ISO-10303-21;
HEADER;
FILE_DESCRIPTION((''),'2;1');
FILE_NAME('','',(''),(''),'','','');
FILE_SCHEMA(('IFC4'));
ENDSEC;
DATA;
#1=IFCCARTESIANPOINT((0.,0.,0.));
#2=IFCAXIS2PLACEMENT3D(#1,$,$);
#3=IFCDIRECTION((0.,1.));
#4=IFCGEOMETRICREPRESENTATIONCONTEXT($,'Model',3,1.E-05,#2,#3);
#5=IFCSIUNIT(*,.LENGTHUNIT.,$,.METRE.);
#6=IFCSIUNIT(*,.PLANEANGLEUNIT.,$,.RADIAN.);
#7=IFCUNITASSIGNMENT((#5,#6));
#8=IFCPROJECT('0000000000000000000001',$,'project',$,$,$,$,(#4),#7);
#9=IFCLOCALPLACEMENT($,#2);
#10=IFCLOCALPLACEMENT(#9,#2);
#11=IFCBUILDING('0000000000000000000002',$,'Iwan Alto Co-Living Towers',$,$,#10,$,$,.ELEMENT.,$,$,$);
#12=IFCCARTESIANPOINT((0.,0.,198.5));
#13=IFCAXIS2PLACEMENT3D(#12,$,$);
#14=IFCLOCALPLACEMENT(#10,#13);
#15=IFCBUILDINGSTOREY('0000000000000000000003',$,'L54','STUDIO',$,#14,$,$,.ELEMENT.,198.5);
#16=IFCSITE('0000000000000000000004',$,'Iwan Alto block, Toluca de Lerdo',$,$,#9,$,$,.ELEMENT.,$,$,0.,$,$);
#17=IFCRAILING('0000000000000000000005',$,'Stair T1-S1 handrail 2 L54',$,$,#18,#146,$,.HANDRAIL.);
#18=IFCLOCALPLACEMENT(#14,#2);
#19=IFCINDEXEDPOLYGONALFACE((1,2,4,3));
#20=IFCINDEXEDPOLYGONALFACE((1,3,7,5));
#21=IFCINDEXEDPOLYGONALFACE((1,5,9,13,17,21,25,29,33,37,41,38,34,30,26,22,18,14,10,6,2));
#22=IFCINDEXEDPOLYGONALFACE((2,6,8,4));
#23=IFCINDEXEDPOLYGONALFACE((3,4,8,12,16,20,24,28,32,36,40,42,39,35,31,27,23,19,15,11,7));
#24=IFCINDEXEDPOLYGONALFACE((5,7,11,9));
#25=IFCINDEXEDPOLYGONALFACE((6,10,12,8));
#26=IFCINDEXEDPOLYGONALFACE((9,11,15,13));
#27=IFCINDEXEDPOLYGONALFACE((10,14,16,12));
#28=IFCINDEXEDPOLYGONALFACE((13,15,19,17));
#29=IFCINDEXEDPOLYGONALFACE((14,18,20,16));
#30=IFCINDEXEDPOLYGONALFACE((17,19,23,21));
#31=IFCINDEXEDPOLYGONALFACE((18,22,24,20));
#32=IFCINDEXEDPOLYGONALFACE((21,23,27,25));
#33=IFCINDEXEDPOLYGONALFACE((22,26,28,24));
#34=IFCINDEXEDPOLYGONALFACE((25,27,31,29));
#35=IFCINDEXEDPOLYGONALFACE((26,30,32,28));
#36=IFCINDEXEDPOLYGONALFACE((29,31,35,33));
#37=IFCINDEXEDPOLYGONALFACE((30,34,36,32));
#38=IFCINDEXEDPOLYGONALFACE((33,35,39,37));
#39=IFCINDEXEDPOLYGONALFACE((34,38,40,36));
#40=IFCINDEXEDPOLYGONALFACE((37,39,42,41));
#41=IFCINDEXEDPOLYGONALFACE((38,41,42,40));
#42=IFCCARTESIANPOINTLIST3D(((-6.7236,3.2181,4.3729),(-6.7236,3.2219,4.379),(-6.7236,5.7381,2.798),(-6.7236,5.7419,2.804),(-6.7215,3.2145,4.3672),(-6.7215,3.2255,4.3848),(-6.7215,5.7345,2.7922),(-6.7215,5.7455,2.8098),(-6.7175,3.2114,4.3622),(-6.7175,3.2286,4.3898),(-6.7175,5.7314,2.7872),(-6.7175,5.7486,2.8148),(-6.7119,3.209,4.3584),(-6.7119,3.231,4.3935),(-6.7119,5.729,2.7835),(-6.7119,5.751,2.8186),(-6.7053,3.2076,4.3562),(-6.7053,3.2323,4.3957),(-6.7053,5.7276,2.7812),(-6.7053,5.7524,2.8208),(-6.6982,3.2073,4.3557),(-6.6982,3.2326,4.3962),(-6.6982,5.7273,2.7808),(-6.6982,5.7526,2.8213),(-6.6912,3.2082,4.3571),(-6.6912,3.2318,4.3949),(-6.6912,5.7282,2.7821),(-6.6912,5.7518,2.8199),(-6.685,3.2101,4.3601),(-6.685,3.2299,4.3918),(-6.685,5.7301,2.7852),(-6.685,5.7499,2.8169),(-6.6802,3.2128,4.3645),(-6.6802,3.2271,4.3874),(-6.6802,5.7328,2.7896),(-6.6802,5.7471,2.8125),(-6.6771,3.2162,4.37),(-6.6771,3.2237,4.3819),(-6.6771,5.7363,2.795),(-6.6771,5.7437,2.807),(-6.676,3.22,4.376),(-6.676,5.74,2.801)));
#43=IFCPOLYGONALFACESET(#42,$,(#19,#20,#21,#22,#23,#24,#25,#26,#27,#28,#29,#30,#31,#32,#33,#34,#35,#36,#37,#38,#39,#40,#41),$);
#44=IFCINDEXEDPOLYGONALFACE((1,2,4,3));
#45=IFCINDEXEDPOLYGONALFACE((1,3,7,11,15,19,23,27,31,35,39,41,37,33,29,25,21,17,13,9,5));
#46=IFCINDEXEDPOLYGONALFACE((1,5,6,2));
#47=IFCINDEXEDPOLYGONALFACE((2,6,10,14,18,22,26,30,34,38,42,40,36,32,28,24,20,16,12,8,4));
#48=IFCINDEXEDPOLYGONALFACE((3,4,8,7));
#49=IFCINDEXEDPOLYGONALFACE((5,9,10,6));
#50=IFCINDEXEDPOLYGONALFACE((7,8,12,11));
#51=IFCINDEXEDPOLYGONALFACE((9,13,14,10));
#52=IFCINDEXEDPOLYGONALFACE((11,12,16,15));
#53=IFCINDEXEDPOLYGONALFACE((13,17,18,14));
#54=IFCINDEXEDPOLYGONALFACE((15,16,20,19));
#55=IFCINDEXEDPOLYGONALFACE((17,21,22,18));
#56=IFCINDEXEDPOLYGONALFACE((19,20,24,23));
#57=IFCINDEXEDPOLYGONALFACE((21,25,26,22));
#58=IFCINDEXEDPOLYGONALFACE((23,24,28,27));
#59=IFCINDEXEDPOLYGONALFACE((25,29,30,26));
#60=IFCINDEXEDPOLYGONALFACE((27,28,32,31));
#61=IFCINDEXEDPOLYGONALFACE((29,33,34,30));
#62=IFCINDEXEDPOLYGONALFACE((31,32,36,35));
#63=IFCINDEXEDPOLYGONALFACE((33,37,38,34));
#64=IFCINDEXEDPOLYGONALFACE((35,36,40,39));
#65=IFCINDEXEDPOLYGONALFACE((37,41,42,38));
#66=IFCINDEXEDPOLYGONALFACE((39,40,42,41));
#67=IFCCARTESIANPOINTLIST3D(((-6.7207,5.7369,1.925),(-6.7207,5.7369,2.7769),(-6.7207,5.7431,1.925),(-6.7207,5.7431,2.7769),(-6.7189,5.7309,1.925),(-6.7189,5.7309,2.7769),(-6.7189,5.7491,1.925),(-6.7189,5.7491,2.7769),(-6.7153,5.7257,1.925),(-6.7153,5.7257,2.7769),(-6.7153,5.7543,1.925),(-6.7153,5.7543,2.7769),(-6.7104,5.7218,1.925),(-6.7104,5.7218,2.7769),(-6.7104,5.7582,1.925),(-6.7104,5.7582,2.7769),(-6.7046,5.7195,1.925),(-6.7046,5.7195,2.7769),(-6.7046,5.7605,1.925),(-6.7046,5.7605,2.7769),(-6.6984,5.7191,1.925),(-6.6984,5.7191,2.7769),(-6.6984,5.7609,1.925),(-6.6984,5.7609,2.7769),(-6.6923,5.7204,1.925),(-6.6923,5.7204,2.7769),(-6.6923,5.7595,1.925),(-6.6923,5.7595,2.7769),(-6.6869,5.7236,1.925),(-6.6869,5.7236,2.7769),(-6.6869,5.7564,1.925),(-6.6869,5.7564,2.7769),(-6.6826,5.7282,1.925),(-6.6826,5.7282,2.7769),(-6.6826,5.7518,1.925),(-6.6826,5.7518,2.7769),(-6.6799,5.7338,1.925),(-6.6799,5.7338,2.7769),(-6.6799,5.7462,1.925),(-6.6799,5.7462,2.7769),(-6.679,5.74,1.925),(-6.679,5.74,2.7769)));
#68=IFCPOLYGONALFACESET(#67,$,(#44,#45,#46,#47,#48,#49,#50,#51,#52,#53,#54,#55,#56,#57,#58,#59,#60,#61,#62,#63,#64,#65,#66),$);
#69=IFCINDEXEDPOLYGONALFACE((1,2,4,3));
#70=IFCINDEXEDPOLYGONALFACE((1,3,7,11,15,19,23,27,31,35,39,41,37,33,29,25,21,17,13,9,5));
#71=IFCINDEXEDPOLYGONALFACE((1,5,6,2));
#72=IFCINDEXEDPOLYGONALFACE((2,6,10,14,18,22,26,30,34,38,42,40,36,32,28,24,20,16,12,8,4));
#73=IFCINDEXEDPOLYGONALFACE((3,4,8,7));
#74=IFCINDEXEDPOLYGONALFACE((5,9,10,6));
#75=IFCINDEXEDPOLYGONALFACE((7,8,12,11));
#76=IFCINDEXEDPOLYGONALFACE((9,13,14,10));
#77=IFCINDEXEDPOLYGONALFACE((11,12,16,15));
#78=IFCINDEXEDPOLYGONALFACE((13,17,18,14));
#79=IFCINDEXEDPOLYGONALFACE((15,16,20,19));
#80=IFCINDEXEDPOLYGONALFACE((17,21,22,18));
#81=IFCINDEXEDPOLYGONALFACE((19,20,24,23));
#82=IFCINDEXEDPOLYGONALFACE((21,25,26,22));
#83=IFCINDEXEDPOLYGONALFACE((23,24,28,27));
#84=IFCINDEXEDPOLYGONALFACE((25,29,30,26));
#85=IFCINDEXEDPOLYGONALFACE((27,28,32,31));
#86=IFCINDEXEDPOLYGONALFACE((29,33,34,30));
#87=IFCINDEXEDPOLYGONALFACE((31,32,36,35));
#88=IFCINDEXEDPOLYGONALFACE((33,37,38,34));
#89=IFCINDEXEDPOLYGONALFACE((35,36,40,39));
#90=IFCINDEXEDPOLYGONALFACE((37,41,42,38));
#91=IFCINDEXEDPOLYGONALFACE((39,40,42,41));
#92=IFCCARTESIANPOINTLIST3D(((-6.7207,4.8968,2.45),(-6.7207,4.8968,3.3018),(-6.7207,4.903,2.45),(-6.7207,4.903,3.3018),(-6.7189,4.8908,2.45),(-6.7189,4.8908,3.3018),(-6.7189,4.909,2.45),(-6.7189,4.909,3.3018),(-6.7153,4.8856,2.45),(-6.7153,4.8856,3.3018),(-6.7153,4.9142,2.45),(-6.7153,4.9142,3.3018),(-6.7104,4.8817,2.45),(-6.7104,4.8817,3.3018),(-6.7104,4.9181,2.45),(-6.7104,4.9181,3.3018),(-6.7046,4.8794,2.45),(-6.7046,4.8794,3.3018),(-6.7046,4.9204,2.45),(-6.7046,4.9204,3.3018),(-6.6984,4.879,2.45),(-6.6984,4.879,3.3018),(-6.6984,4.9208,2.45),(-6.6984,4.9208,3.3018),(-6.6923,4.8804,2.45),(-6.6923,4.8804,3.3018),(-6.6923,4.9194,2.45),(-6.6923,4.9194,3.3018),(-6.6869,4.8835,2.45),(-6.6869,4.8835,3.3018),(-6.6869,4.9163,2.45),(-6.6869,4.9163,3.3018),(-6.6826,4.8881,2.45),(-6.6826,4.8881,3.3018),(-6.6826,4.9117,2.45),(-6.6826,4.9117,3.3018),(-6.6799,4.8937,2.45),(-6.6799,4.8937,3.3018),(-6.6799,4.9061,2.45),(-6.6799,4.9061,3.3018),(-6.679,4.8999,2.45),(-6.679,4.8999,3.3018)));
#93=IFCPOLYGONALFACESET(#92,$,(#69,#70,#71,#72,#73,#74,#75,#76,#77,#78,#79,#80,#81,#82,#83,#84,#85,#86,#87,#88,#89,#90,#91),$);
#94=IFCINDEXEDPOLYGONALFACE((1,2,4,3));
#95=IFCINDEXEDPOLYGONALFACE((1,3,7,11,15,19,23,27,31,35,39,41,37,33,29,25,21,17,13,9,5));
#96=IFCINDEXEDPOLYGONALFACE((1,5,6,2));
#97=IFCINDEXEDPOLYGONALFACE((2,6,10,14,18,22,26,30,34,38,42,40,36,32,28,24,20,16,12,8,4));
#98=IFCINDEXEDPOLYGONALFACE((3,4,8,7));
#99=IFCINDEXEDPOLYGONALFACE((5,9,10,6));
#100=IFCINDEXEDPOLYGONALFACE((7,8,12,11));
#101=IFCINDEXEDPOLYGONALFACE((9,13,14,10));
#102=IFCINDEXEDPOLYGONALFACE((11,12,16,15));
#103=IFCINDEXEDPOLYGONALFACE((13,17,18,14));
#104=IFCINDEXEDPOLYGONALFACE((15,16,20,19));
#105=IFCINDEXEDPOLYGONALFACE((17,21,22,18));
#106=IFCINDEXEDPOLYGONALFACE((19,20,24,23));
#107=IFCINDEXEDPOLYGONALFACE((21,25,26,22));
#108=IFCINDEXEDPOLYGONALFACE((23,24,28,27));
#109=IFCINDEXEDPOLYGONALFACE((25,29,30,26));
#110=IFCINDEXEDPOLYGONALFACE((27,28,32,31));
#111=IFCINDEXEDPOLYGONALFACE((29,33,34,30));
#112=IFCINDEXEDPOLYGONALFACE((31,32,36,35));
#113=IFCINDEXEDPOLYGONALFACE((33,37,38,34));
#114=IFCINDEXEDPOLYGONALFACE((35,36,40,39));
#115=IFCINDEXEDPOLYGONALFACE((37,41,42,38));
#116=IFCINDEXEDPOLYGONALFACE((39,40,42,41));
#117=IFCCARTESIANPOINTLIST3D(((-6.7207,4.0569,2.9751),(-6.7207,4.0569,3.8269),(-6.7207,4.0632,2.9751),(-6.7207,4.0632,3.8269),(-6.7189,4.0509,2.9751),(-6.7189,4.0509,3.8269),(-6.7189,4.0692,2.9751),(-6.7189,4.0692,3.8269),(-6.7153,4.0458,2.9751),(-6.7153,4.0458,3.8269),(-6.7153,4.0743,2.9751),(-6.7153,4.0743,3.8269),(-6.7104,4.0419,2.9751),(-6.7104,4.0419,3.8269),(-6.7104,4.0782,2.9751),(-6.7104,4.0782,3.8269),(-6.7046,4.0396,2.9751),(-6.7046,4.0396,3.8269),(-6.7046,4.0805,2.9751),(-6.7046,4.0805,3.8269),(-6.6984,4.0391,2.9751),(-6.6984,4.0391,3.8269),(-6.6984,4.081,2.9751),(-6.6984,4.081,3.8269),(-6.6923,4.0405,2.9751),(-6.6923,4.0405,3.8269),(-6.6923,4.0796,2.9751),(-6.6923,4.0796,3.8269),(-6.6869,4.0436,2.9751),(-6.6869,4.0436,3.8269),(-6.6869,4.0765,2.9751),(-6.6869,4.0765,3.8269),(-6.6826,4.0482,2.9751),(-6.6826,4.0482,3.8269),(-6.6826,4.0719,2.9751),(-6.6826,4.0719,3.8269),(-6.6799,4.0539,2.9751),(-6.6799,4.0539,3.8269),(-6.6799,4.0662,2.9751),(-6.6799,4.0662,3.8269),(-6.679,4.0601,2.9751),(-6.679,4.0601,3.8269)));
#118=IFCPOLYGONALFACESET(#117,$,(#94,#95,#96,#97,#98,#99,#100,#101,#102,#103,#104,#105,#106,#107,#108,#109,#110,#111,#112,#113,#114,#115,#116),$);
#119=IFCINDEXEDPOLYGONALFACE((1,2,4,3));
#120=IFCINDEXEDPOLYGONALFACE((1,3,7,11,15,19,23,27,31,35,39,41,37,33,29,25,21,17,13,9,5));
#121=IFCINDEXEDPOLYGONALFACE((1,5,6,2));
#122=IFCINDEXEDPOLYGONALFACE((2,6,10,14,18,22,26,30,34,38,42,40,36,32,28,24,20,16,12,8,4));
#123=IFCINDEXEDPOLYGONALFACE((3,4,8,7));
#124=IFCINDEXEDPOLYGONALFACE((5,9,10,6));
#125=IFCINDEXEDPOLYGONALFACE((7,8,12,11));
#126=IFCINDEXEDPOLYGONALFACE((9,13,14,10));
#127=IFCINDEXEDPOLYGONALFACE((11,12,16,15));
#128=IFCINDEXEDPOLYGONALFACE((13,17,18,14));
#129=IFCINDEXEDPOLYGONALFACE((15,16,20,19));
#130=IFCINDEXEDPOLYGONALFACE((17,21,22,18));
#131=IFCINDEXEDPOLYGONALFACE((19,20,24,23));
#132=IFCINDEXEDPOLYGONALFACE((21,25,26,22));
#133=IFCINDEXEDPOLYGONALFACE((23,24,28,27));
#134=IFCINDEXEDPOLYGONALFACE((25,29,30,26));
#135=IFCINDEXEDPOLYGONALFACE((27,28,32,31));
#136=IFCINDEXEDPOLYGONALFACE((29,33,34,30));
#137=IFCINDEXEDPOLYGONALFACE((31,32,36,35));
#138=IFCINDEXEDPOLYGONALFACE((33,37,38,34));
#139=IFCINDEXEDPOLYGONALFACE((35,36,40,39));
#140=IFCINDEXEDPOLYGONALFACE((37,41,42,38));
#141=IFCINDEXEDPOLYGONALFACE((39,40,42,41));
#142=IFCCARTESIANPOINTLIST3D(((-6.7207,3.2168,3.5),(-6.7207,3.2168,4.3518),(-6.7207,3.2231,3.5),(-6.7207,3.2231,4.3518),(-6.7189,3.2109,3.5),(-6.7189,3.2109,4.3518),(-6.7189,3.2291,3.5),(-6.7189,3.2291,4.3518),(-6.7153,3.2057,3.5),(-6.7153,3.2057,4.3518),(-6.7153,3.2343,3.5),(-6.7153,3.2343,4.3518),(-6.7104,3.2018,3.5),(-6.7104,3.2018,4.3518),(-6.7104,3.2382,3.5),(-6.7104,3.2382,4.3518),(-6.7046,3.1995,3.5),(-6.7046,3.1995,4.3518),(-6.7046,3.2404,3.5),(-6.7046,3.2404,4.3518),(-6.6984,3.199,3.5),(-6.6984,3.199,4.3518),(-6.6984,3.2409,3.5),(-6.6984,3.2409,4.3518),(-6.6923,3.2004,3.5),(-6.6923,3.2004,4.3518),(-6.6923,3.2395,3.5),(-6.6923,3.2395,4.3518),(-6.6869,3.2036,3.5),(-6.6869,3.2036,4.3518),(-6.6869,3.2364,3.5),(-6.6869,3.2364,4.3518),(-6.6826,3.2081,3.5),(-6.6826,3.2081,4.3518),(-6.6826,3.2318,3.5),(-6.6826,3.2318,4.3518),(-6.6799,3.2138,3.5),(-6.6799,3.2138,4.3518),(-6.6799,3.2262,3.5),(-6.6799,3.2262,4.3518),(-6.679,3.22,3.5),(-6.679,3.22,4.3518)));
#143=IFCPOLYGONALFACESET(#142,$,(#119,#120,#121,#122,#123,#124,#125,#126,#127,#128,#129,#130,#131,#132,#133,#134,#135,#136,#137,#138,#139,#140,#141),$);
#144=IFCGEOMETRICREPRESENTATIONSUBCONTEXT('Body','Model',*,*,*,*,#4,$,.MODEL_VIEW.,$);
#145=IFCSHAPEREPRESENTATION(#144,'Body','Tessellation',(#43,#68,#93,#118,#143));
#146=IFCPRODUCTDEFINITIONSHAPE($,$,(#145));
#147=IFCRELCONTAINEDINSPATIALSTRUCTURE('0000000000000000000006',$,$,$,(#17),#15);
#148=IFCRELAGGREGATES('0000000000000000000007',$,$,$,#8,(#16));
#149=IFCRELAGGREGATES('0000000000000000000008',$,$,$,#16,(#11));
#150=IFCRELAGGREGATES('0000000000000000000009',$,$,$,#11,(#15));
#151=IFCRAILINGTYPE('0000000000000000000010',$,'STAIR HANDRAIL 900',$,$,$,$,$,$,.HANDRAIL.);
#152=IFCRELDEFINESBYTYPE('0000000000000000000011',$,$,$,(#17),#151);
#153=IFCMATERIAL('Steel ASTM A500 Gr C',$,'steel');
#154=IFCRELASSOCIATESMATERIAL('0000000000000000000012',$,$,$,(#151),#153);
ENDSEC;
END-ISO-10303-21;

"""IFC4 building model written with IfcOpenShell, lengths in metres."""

from ifc_helpers import new_model, si_unit, direction, frame, origin, origin_2d, place, context, subcontext, project, spatial, circle, extrude, material, type_object, element, save


model = new_model("IFC4")

# Units and contexts
model_context = context("Model", 3, precision=1e-05, world=origin(), true_north=direction((0.0, 1.0)))
body_context = subcontext(model_context, "Body", "Model", "MODEL_VIEW")
ifc_project = project(units=[si_unit("LENGTHUNIT", "METRE"), si_unit("PLANEANGLEUNIT", "RADIAN")], contexts=[model_context])

# Site, building, storey
site_placement = place(None, origin())
site = spatial("IfcSite", under=ifc_project, at=site_placement, Name="Iwan Alto block, Toluca de Lerdo", CompositionType="ELEMENT", RefElevation=0.0)
building_placement = place(site_placement, origin())
building = spatial("IfcBuilding", under=site, at=building_placement, Name="Iwan Alto Co-Living Towers", CompositionType="ELEMENT")
storey_placement = place(building_placement, frame((0.0, 0.0, 198.5)))
storey = spatial("IfcBuildingStorey", under=building, at=storey_placement, Name="L54", Description="STUDIO", CompositionType="ELEMENT", Elevation=198.5)

# Railing
ifc_material_1 = material(Name="Steel ASTM A500 Gr C", Category="steel")
railing_type_1 = type_object("IfcRailingType", Name="STAIR HANDRAIL 900", PredefinedType="HANDRAIL", material=ifc_material_1)
railing_1_placement = place(storey_placement, frame((-6.7, 5.74, 1.925)))
element("IfcRailing", 1, at=railing_1_placement, inside=storey, type_object=railing_type_1, Name="Stair T1-S1 handrail 2 L54", PredefinedType="HANDRAIL", context=body_context, shape_type="SweptSolid", body=[
    extrude(circle(Radius=0.0239, at=origin_2d()), frame((0.0, 0.0, 0.876), z_axis=(0.0, -0.848008, 0.529984), x_axis=(1.0, 0.0, 0.0)), (0.0, 0.0, 1.0), 2.9717),
    extrude(circle(Radius=0.021, at=origin_2d()), origin(), (0.0, 0.0, 1.0), 0.8518),
    extrude(circle(Radius=0.021, at=origin_2d()), frame((0.0, -0.8401, 0.5249)), (0.0, 0.0, 1.0), 0.8518),
    extrude(circle(Radius=0.021, at=origin_2d()), frame((0.0, -1.6799, 1.05)), (0.0, 0.0, 1.0), 0.8518),
    extrude(circle(Radius=0.021, at=origin_2d()), frame((0.0, -2.52, 1.575)), (0.0, 0.0, 1.0), 0.8518),
])

save(model, "model.ifc")
